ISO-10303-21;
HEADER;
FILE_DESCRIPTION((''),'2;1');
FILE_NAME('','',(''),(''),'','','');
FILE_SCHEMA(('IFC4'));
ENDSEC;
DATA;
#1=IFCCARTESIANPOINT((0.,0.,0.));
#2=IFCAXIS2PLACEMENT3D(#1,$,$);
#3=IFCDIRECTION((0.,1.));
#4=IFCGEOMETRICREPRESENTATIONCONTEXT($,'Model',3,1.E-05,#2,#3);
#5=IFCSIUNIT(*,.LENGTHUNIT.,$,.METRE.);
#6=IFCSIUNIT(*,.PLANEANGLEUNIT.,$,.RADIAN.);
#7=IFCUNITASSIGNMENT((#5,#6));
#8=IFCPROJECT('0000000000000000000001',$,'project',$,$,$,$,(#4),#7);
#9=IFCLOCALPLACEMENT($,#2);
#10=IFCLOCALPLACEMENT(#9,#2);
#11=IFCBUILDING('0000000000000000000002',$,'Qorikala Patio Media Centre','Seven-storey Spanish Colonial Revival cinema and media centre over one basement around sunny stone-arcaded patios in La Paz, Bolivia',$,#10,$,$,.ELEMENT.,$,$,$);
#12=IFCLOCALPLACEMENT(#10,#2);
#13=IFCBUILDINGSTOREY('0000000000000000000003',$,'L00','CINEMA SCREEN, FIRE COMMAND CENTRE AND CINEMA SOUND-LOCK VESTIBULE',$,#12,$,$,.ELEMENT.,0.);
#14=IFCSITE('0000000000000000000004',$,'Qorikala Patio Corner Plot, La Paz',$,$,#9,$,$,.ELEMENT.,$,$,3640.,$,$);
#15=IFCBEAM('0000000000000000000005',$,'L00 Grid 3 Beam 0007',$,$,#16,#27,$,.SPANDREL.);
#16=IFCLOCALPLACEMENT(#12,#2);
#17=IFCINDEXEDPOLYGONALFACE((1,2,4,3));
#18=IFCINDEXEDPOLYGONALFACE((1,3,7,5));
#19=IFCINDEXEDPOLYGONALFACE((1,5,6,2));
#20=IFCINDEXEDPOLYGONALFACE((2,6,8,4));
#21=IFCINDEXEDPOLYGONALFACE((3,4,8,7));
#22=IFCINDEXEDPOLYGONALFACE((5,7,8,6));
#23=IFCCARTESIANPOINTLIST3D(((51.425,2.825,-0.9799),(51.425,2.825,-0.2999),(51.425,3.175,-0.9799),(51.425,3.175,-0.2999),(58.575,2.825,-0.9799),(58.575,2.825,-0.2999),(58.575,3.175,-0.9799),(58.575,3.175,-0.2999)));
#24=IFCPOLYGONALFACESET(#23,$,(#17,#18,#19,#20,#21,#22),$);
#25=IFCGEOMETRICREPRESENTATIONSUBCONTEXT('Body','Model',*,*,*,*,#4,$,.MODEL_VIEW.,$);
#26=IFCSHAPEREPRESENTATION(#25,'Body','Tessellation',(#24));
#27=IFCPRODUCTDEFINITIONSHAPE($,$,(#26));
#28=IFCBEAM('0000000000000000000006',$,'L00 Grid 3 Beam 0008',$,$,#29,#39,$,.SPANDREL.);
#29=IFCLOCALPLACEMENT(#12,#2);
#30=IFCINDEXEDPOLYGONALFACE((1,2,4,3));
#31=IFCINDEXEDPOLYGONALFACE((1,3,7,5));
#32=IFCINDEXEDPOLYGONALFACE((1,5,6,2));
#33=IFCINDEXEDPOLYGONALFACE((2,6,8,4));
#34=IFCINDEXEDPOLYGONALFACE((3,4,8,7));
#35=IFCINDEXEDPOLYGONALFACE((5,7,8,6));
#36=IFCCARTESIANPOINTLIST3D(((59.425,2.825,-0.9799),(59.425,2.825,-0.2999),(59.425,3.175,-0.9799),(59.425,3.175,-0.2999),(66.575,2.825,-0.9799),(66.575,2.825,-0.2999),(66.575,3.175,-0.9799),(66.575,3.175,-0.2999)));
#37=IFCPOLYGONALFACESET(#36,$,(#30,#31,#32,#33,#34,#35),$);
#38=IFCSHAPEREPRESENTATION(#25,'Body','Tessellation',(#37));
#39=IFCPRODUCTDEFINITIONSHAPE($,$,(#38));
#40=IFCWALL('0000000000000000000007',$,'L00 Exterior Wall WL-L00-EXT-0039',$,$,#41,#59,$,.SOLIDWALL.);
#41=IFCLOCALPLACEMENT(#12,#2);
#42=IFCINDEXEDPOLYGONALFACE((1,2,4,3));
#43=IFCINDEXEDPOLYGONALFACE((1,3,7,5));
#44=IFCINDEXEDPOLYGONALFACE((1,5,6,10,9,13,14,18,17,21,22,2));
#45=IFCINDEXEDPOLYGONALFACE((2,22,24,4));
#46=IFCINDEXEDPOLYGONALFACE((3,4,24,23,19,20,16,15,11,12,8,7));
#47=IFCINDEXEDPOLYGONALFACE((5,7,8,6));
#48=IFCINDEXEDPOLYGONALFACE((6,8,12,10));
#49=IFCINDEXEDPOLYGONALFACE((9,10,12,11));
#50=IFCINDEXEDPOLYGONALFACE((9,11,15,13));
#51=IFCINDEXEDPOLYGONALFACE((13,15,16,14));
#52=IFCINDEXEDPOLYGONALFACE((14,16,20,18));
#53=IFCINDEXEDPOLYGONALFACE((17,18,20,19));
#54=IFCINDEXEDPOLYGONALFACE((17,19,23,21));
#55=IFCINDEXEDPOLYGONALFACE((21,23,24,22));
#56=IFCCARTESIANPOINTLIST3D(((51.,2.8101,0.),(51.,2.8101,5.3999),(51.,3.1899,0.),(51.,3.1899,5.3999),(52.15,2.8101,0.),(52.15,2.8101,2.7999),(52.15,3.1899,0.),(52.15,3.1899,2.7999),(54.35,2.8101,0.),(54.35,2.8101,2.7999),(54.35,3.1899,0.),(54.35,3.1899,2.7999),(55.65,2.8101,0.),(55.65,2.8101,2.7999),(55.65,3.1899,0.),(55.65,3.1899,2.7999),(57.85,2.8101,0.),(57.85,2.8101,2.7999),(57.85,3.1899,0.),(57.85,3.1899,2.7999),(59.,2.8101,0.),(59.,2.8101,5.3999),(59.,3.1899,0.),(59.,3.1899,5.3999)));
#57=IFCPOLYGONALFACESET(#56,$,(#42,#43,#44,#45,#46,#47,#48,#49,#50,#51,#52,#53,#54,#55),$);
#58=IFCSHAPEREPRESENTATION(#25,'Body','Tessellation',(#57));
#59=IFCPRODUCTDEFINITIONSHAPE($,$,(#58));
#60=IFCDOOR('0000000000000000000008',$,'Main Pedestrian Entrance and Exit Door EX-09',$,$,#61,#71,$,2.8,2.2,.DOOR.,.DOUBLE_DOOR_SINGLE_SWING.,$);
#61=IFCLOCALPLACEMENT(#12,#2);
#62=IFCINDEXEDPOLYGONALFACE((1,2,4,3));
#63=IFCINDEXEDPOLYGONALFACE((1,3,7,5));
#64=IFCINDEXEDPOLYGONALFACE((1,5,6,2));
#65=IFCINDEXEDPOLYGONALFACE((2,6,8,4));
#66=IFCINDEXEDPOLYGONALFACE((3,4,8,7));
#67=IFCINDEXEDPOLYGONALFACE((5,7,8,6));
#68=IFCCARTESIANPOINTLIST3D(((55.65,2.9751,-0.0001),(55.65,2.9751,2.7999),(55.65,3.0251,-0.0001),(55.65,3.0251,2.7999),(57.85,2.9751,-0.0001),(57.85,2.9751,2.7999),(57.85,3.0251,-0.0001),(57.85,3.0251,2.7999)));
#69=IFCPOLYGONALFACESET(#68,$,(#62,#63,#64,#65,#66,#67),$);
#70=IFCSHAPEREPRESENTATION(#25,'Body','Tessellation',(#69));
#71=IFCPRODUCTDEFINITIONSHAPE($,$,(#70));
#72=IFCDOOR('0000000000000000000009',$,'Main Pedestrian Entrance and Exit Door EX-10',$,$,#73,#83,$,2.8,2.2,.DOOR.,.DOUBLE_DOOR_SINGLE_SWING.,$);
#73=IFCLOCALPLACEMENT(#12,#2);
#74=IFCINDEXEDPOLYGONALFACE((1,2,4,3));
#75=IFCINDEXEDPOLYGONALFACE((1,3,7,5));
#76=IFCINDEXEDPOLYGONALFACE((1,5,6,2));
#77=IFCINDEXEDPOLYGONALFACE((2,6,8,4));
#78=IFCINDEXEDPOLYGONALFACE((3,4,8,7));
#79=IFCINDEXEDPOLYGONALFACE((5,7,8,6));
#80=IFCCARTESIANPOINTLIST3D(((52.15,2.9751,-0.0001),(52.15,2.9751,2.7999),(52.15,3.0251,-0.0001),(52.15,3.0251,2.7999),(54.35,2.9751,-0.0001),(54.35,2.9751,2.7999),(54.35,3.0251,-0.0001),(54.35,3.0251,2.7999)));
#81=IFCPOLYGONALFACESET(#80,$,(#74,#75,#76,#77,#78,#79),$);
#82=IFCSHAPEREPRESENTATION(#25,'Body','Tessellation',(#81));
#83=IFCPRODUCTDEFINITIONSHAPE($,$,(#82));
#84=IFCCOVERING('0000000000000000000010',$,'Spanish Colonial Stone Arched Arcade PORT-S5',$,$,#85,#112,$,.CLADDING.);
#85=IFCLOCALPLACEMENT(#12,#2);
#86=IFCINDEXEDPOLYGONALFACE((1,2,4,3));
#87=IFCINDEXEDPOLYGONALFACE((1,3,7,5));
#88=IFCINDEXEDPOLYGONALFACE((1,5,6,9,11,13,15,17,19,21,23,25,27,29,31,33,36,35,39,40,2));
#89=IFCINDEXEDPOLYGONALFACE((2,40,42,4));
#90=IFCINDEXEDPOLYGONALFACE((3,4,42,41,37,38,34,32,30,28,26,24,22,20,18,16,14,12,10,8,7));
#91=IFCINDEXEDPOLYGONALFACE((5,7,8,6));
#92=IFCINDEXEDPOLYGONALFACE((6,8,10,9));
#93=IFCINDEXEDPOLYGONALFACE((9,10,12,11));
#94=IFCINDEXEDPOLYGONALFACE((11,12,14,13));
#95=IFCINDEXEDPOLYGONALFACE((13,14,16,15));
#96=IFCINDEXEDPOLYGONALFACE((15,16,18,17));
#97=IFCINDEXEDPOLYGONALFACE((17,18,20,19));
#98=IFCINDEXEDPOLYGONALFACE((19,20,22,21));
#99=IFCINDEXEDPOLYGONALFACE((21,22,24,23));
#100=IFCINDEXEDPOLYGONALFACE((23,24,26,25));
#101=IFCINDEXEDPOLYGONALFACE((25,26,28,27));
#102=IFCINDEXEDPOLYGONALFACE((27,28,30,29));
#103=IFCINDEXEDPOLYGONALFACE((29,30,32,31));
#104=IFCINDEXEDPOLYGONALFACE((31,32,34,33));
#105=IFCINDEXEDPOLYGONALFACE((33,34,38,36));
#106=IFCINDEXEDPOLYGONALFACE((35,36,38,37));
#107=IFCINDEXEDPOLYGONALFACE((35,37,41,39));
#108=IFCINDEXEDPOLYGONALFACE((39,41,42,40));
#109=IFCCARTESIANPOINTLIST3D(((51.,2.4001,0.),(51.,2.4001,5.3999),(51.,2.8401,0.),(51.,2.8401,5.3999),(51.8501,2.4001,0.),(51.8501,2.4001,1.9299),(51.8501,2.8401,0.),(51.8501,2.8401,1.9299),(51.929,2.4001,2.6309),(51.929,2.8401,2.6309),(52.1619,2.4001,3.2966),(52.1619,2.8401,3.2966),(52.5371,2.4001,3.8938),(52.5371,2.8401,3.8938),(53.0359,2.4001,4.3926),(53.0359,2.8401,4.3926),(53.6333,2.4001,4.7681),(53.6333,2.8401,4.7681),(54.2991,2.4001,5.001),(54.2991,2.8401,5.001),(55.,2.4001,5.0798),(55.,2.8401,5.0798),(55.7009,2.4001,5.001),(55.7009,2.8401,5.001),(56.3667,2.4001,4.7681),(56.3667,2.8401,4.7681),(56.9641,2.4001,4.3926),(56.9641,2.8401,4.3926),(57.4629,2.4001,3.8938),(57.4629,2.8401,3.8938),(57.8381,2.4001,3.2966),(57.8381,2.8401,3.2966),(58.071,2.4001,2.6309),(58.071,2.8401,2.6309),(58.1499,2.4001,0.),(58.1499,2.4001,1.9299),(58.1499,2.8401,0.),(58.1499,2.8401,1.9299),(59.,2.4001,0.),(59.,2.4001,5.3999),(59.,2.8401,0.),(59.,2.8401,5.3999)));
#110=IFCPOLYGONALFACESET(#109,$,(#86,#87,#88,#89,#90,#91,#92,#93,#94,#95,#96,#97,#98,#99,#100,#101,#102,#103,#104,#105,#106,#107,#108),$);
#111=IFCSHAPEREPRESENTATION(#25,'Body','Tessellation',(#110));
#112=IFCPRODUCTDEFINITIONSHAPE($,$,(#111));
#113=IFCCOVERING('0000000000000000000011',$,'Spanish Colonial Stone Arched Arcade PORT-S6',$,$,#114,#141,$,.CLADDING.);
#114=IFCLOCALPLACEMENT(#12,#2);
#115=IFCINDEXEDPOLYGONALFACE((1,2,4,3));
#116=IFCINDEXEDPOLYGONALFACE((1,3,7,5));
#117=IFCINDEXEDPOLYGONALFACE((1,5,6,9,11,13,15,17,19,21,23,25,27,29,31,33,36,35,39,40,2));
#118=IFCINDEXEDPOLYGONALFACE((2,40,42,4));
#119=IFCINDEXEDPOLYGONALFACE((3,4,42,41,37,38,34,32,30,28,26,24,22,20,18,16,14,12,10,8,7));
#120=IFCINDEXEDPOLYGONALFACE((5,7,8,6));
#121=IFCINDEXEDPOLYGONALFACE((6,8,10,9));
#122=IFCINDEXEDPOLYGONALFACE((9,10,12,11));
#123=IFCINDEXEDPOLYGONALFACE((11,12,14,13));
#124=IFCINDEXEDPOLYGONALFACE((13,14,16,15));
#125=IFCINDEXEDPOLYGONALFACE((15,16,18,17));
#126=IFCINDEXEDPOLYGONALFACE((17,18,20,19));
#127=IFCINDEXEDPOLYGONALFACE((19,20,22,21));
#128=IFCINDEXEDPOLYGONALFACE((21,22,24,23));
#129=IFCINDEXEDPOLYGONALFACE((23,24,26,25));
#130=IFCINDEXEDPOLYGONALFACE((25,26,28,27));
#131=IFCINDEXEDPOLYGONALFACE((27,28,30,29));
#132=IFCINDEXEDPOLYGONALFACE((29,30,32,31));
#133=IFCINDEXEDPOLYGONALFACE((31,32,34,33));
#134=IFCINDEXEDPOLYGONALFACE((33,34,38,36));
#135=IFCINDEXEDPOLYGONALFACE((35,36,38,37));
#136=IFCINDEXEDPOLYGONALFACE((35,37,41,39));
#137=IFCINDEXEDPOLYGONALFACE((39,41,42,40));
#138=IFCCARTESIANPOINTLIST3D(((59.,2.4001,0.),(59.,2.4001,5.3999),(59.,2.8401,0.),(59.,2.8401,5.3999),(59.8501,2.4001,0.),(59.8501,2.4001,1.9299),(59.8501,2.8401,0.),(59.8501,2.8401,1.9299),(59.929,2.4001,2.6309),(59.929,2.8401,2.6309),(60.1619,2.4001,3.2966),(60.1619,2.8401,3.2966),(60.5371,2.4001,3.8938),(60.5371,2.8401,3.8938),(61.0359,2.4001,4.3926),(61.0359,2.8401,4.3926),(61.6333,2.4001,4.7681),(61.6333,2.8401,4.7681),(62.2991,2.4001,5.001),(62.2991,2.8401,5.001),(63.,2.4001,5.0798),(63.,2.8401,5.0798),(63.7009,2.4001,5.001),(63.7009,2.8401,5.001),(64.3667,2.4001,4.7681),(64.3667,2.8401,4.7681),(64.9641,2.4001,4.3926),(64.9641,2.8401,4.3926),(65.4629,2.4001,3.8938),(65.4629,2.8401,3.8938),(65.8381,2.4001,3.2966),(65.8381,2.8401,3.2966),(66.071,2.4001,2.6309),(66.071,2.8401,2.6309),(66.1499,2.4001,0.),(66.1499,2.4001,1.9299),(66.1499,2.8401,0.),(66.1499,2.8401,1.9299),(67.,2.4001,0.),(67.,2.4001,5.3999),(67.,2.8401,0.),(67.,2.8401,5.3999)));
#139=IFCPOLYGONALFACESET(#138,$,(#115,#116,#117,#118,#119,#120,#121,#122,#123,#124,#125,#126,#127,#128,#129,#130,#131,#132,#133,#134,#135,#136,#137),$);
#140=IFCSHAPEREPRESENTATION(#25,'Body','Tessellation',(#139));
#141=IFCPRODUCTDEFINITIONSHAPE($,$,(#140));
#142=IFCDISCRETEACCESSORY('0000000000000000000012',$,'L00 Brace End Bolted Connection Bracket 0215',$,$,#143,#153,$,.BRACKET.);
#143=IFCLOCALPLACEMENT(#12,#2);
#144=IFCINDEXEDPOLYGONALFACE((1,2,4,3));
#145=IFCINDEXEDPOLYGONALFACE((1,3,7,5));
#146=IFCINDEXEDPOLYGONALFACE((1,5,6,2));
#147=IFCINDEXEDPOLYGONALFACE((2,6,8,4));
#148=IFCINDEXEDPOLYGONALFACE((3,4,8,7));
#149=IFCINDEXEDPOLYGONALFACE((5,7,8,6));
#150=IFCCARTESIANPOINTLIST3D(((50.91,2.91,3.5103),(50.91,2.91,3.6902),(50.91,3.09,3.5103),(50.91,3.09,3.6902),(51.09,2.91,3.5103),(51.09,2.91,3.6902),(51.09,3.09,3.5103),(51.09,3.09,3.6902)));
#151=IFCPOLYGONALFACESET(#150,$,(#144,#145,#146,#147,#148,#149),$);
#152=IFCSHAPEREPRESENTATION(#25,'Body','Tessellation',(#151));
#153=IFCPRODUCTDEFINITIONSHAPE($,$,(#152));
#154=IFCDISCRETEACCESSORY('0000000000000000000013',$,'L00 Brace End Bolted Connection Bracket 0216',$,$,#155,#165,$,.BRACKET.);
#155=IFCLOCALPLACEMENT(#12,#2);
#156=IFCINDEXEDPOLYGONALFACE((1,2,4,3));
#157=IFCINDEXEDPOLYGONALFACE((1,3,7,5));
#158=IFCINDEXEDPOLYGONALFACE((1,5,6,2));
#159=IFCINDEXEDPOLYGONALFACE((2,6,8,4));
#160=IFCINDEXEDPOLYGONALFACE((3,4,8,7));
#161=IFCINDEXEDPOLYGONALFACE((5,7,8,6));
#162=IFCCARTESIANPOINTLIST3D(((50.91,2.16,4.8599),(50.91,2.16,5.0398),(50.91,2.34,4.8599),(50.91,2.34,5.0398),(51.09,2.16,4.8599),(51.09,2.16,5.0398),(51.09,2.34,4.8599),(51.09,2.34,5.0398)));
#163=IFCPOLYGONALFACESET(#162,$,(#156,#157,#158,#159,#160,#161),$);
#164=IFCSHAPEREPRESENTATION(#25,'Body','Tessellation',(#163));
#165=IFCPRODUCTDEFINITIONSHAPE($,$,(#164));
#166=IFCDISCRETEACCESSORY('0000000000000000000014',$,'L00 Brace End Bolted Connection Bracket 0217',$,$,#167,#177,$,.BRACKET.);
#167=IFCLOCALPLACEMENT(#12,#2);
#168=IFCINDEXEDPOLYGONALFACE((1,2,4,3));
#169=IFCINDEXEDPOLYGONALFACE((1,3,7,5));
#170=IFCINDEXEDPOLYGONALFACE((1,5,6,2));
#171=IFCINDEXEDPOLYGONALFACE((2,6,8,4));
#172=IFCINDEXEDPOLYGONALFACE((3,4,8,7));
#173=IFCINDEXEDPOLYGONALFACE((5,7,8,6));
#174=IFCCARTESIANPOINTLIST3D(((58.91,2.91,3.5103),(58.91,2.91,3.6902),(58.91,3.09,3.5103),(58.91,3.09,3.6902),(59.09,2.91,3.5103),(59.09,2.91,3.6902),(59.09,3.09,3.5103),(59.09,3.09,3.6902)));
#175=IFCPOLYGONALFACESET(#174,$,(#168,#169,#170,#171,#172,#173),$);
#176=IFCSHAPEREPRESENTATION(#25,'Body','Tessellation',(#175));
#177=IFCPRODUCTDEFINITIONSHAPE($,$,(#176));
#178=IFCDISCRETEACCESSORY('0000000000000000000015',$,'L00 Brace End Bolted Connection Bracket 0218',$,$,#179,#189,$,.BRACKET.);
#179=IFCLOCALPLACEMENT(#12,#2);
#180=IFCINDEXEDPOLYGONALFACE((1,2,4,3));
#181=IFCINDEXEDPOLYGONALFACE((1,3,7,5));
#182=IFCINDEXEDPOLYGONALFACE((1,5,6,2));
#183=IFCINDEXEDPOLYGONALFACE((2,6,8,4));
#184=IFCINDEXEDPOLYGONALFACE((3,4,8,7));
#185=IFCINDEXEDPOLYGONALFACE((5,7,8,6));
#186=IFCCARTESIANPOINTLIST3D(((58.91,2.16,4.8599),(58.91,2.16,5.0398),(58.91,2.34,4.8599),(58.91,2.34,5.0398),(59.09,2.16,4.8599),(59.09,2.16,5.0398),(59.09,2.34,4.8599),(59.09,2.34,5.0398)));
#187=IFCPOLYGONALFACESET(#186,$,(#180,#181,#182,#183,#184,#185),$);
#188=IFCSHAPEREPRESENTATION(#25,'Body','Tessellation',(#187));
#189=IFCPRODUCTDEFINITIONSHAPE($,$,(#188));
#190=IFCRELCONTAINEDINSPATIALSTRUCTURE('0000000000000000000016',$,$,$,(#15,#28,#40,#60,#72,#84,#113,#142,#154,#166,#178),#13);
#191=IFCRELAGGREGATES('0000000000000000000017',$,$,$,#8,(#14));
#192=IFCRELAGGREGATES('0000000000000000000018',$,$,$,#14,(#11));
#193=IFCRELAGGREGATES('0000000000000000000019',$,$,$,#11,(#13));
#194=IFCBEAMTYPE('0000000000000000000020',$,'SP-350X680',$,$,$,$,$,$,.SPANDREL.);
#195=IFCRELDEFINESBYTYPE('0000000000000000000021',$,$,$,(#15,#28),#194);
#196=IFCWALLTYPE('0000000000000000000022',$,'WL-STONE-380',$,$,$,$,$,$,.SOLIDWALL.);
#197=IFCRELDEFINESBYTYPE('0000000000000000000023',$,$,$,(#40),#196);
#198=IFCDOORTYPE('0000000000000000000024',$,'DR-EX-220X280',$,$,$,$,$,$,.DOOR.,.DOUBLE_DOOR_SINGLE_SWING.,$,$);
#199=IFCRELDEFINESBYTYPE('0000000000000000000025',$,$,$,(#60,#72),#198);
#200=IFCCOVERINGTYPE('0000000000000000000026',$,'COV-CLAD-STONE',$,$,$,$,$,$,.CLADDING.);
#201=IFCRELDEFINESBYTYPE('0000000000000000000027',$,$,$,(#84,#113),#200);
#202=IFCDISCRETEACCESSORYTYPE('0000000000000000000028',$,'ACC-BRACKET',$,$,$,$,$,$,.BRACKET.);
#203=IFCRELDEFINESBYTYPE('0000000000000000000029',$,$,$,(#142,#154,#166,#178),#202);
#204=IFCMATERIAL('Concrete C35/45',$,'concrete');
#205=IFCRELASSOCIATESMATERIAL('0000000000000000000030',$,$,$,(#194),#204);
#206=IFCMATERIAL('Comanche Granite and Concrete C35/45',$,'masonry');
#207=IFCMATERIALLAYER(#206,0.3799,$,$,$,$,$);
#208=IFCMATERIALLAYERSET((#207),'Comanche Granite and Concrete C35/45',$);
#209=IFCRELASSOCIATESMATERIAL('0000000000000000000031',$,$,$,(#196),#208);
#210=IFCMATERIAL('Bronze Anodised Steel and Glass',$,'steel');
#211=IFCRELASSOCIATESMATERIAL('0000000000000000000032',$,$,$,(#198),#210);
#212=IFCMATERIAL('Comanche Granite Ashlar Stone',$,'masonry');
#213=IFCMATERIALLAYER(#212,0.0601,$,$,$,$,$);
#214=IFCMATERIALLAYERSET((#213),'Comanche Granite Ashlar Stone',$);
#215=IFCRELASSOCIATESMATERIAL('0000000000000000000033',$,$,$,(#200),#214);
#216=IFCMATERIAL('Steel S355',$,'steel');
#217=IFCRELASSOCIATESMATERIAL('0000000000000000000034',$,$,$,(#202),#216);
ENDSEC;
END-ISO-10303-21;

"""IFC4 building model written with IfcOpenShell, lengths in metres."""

from ifc_helpers import new_model, si_unit, direction, frame, frame_2d, origin, origin_2d, place, context, subcontext, project, spatial, polyline, rectangle, outline, extrude, material, layer, layer_set, material_profile, profile_set, type_object, element, fill, save


model = new_model("IFC4")

# Units and contexts
model_context = context("Model", 3, precision=1e-05, world=origin(), true_north=direction((0.0, 1.0)))
body_context = subcontext(model_context, "Body", "Model", "MODEL_VIEW")
ifc_project = project(units=[si_unit("LENGTHUNIT", "METRE"), si_unit("PLANEANGLEUNIT", "RADIAN")], contexts=[model_context])

# Site, building, storey
site_placement = place(None, origin())
site = spatial("IfcSite", under=ifc_project, at=site_placement, Name="Qorikala Patio Corner Plot, La Paz", CompositionType="ELEMENT", RefElevation=3640.0)
building_placement = place(site_placement, origin())
building = spatial("IfcBuilding", under=site, at=building_placement, Name="Qorikala Patio Media Centre", Description="Seven-storey Spanish Colonial Revival cinema and media centre over one basement around sunny stone-arcaded patios in La Paz, Bolivia", CompositionType="ELEMENT")
storey_placement = place(building_placement, origin())
storey = spatial("IfcBuildingStorey", under=building, at=storey_placement, Name="L00", Description="CINEMA SCREEN, FIRE COMMAND CENTRE AND CINEMA SOUND-LOCK VESTIBULE", CompositionType="ELEMENT", Elevation=0.0)

# Shared definitions
ifc_material_1 = material(Name="Concrete C35/45", Category="concrete")

# Shared definitions
ifc_material_2 = material(Name="Steel S355", Category="steel")

# Beams
ifc_material_profile_1 = material_profile(ifc_material_1, rectangle(XDim=0.3501, YDim=0.6799, at=origin_2d()), Name="RC 350x680")
ifc_profile_set_1 = profile_set([ifc_material_profile_1], Name="Concrete C35/45")
beam_type_1 = type_object("IfcBeamType", Name="SP-350X680", PredefinedType="SPANDREL", material=ifc_profile_set_1)
for number, where, z_axis, x_axis, name in (
    (1, (51.425, 3.0, -0.6399), (1.0, 0.0, 0.0), (0.0, 1.0, 0.0), "L00 Grid 3 Beam 0007"),
    (2, (59.425, 3.0, -0.6399), (1.0, 0.0, 0.0), (0.0, 1.0, 0.0), "L00 Grid 3 Beam 0008"),
):
    element("IfcBeam", number, at=place(storey_placement, frame(where, z_axis=z_axis, x_axis=x_axis)), inside=storey, type_object=beam_type_1, Name=name, PredefinedType="SPANDREL", context=body_context, shape_type="SweptSolid", body=[
        extrude(rectangle(XDim=0.3501, YDim=0.6799, at=origin_2d()), origin(), (0.0, 0.0, 1.0), 7.1499),
    ])

# Wall, openings, doors
ifc_material_3 = material(Name="Comanche Granite and Concrete C35/45", Category="masonry")
ifc_layer_1 = layer(ifc_material_3, 0.3799)
ifc_layer_set_1 = layer_set([ifc_layer_1], Name="Comanche Granite and Concrete C35/45")
wall_type = type_object("IfcWallType", Name="WL-STONE-380", PredefinedType="SOLIDWALL", material=ifc_layer_set_1)
wall_placement = place(storey_placement, frame((59.0, 3.0, 0.0), z_axis=(0.0, 0.0, 1.0), x_axis=(-1.0, 0.0, 0.0)))
wall = element("IfcWall", 3, at=wall_placement, inside=storey, type_object=wall_type, Name="L00 Exterior Wall WL-L00-EXT-0039", PredefinedType="SOLIDWALL", context=body_context, shape_type="SweptSolid", body=[
    extrude(rectangle(XDim=8.0, YDim=0.3799, at=frame_2d((4.0, 0.0))), origin(), (0.0, 0.0, 1.0), 5.3999),
])
opening_1_placement = place(wall_placement, frame((1.1499, 0.0, 0.0)))
opening_1 = element("IfcOpeningElement", 4, at=opening_1_placement, cuts=wall, PredefinedType="OPENING", context=body_context, shape_type="SweptSolid", body=[
    extrude(rectangle(XDim=2.2, YDim=2.8, at=frame_2d((1.1001, 1.3999))), frame((0.0, 0.2, 0.0), z_axis=(0.0, -1.0, 0.0), x_axis=(1.0, 0.0, 0.0)), (0.0, 0.0, 1.0), 0.3999),
])
opening_2_placement = place(wall_placement, frame((4.6499, 0.0, 0.0)))
opening_2 = element("IfcOpeningElement", 5, at=opening_2_placement, cuts=wall, PredefinedType="OPENING", context=body_context, shape_type="SweptSolid", body=[
    extrude(rectangle(XDim=2.2, YDim=2.8, at=frame_2d((1.1001, 1.3999))), frame((0.0, 0.2, 0.0), z_axis=(0.0, -1.0, 0.0), x_axis=(1.0, 0.0, 0.0)), (0.0, 0.0, 1.0), 0.3999),
])
ifc_material_4 = material(Name="Bronze Anodised Steel and Glass", Category="steel")
door_type = type_object("IfcDoorType", Name="DR-EX-220X280", OperationType="DOUBLE_DOOR_SINGLE_SWING", PredefinedType="DOOR", material=ifc_material_4)
door_1_placement = place(opening_1_placement, origin())
door_1 = element("IfcDoor", 6, at=door_1_placement, inside=storey, type_object=door_type, Name="Main Pedestrian Entrance and Exit Door EX-09", OperationType="DOUBLE_DOOR_SINGLE_SWING", OverallHeight=2.8, OverallWidth=2.2, PredefinedType="DOOR", context=body_context, shape_type="SweptSolid", body=[
    extrude(rectangle(XDim=2.2, YDim=2.8, at=frame_2d((1.1001, 1.3999))), frame((0.0, 0.0249, 0.0), z_axis=(0.0, -1.0, 0.0), x_axis=(1.0, 0.0, 0.0)), (0.0, 0.0, 1.0), 0.05),
])
fill(opening_1, door_1)
door_2_placement = place(opening_2_placement, origin())
door_2 = element("IfcDoor", 7, at=door_2_placement, inside=storey, type_object=door_type, Name="Main Pedestrian Entrance and Exit Door EX-10", OperationType="DOUBLE_DOOR_SINGLE_SWING", OverallHeight=2.8, OverallWidth=2.2, PredefinedType="DOOR", context=body_context, shape_type="SweptSolid", body=[
    extrude(rectangle(XDim=2.2, YDim=2.8, at=frame_2d((1.1001, 1.3999))), frame((0.0, 0.0249, 0.0), z_axis=(0.0, -1.0, 0.0), x_axis=(1.0, 0.0, 0.0)), (0.0, 0.0, 1.0), 0.05),
])
fill(opening_2, door_2)

# Coverings
ifc_material_5 = material(Name="Comanche Granite Ashlar Stone", Category="masonry")
ifc_layer_2 = layer(ifc_material_5, 0.0601)
ifc_layer_set_2 = layer_set([ifc_layer_2], Name="Comanche Granite Ashlar Stone")
covering_type = type_object("IfcCoveringType", Name="COV-CLAD-STONE", PredefinedType="CLADDING", material=ifc_layer_set_2)
for number, where, z_axis, x_axis, name in (
    (8, (51.0, 2.6201, 0.0), (0.0, 0.0, 1.0), (1.0, 0.0, 0.0), "Spanish Colonial Stone Arched Arcade PORT-S5"),
    (9, (59.0, 2.6201, 0.0), (0.0, 0.0, 1.0), (1.0, 0.0, 0.0), "Spanish Colonial Stone Arched Arcade PORT-S6"),
):
    element("IfcCovering", number, at=place(storey_placement, frame(where, z_axis=z_axis, x_axis=x_axis)), inside=storey, type_object=covering_type, Name=name, PredefinedType="CLADDING", context=body_context, shape_type="SweptSolid", body=[
        extrude(outline(polyline([(0.0, 0.0), (0.8501, 0.0), (0.8501, 1.9299), (0.929, 2.6309), (1.1619, 3.2966), (1.5371, 3.8938), (2.0359, 4.3926), (2.6333, 4.7681), (3.2991, 5.001), (4.0, 5.0798), (4.7009, 5.001), (5.3667, 4.7681), (5.9641, 4.3926), (6.4629, 3.8938), (6.8381, 3.2966), (7.071, 2.6309), (7.1499, 1.9299), (7.1499, 0.0), (8.0, 0.0), (8.0, 5.3999), (0.0, 5.3999), (0.0, 0.0)])), frame((0.0, 0.22, 0.0), z_axis=(0.0, -1.0, 0.0), x_axis=(1.0, 0.0, 0.0)), (0.0, 0.0, 1.0), 0.4399),
    ])

# Discrete accessories
discrete_accessory_type = type_object("IfcDiscreteAccessoryType", Name="ACC-BRACKET", PredefinedType="BRACKET", material=ifc_material_2)
for number, where, z_axis, x_axis, name in (
    (10, (51.0, 3.0, 3.5103), (0.0, 0.0, 1.0), (1.0, 0.0, 0.0), "L00 Brace End Bolted Connection Bracket 0215"),
    (11, (51.0, 2.25, 4.8599), (0.0, 0.0, 1.0), (1.0, 0.0, 0.0), "L00 Brace End Bolted Connection Bracket 0216"),
    (12, (59.0, 3.0, 3.5103), (0.0, 0.0, 1.0), (1.0, 0.0, 0.0), "L00 Brace End Bolted Connection Bracket 0217"),
    (13, (59.0, 2.25, 4.8599), (0.0, 0.0, 1.0), (1.0, 0.0, 0.0), "L00 Brace End Bolted Connection Bracket 0218"),
):
    element("IfcDiscreteAccessory", number, at=place(storey_placement, frame(where, z_axis=z_axis, x_axis=x_axis)), inside=storey, type_object=discrete_accessory_type, Name=name, PredefinedType="BRACKET", context=body_context, shape_type="SweptSolid", body=[
        extrude(rectangle(XDim=0.1799, YDim=0.1799, at=origin_2d()), origin(), (0.0, 0.0, 1.0), 0.1799),
    ])

save(model, "model.ifc")
